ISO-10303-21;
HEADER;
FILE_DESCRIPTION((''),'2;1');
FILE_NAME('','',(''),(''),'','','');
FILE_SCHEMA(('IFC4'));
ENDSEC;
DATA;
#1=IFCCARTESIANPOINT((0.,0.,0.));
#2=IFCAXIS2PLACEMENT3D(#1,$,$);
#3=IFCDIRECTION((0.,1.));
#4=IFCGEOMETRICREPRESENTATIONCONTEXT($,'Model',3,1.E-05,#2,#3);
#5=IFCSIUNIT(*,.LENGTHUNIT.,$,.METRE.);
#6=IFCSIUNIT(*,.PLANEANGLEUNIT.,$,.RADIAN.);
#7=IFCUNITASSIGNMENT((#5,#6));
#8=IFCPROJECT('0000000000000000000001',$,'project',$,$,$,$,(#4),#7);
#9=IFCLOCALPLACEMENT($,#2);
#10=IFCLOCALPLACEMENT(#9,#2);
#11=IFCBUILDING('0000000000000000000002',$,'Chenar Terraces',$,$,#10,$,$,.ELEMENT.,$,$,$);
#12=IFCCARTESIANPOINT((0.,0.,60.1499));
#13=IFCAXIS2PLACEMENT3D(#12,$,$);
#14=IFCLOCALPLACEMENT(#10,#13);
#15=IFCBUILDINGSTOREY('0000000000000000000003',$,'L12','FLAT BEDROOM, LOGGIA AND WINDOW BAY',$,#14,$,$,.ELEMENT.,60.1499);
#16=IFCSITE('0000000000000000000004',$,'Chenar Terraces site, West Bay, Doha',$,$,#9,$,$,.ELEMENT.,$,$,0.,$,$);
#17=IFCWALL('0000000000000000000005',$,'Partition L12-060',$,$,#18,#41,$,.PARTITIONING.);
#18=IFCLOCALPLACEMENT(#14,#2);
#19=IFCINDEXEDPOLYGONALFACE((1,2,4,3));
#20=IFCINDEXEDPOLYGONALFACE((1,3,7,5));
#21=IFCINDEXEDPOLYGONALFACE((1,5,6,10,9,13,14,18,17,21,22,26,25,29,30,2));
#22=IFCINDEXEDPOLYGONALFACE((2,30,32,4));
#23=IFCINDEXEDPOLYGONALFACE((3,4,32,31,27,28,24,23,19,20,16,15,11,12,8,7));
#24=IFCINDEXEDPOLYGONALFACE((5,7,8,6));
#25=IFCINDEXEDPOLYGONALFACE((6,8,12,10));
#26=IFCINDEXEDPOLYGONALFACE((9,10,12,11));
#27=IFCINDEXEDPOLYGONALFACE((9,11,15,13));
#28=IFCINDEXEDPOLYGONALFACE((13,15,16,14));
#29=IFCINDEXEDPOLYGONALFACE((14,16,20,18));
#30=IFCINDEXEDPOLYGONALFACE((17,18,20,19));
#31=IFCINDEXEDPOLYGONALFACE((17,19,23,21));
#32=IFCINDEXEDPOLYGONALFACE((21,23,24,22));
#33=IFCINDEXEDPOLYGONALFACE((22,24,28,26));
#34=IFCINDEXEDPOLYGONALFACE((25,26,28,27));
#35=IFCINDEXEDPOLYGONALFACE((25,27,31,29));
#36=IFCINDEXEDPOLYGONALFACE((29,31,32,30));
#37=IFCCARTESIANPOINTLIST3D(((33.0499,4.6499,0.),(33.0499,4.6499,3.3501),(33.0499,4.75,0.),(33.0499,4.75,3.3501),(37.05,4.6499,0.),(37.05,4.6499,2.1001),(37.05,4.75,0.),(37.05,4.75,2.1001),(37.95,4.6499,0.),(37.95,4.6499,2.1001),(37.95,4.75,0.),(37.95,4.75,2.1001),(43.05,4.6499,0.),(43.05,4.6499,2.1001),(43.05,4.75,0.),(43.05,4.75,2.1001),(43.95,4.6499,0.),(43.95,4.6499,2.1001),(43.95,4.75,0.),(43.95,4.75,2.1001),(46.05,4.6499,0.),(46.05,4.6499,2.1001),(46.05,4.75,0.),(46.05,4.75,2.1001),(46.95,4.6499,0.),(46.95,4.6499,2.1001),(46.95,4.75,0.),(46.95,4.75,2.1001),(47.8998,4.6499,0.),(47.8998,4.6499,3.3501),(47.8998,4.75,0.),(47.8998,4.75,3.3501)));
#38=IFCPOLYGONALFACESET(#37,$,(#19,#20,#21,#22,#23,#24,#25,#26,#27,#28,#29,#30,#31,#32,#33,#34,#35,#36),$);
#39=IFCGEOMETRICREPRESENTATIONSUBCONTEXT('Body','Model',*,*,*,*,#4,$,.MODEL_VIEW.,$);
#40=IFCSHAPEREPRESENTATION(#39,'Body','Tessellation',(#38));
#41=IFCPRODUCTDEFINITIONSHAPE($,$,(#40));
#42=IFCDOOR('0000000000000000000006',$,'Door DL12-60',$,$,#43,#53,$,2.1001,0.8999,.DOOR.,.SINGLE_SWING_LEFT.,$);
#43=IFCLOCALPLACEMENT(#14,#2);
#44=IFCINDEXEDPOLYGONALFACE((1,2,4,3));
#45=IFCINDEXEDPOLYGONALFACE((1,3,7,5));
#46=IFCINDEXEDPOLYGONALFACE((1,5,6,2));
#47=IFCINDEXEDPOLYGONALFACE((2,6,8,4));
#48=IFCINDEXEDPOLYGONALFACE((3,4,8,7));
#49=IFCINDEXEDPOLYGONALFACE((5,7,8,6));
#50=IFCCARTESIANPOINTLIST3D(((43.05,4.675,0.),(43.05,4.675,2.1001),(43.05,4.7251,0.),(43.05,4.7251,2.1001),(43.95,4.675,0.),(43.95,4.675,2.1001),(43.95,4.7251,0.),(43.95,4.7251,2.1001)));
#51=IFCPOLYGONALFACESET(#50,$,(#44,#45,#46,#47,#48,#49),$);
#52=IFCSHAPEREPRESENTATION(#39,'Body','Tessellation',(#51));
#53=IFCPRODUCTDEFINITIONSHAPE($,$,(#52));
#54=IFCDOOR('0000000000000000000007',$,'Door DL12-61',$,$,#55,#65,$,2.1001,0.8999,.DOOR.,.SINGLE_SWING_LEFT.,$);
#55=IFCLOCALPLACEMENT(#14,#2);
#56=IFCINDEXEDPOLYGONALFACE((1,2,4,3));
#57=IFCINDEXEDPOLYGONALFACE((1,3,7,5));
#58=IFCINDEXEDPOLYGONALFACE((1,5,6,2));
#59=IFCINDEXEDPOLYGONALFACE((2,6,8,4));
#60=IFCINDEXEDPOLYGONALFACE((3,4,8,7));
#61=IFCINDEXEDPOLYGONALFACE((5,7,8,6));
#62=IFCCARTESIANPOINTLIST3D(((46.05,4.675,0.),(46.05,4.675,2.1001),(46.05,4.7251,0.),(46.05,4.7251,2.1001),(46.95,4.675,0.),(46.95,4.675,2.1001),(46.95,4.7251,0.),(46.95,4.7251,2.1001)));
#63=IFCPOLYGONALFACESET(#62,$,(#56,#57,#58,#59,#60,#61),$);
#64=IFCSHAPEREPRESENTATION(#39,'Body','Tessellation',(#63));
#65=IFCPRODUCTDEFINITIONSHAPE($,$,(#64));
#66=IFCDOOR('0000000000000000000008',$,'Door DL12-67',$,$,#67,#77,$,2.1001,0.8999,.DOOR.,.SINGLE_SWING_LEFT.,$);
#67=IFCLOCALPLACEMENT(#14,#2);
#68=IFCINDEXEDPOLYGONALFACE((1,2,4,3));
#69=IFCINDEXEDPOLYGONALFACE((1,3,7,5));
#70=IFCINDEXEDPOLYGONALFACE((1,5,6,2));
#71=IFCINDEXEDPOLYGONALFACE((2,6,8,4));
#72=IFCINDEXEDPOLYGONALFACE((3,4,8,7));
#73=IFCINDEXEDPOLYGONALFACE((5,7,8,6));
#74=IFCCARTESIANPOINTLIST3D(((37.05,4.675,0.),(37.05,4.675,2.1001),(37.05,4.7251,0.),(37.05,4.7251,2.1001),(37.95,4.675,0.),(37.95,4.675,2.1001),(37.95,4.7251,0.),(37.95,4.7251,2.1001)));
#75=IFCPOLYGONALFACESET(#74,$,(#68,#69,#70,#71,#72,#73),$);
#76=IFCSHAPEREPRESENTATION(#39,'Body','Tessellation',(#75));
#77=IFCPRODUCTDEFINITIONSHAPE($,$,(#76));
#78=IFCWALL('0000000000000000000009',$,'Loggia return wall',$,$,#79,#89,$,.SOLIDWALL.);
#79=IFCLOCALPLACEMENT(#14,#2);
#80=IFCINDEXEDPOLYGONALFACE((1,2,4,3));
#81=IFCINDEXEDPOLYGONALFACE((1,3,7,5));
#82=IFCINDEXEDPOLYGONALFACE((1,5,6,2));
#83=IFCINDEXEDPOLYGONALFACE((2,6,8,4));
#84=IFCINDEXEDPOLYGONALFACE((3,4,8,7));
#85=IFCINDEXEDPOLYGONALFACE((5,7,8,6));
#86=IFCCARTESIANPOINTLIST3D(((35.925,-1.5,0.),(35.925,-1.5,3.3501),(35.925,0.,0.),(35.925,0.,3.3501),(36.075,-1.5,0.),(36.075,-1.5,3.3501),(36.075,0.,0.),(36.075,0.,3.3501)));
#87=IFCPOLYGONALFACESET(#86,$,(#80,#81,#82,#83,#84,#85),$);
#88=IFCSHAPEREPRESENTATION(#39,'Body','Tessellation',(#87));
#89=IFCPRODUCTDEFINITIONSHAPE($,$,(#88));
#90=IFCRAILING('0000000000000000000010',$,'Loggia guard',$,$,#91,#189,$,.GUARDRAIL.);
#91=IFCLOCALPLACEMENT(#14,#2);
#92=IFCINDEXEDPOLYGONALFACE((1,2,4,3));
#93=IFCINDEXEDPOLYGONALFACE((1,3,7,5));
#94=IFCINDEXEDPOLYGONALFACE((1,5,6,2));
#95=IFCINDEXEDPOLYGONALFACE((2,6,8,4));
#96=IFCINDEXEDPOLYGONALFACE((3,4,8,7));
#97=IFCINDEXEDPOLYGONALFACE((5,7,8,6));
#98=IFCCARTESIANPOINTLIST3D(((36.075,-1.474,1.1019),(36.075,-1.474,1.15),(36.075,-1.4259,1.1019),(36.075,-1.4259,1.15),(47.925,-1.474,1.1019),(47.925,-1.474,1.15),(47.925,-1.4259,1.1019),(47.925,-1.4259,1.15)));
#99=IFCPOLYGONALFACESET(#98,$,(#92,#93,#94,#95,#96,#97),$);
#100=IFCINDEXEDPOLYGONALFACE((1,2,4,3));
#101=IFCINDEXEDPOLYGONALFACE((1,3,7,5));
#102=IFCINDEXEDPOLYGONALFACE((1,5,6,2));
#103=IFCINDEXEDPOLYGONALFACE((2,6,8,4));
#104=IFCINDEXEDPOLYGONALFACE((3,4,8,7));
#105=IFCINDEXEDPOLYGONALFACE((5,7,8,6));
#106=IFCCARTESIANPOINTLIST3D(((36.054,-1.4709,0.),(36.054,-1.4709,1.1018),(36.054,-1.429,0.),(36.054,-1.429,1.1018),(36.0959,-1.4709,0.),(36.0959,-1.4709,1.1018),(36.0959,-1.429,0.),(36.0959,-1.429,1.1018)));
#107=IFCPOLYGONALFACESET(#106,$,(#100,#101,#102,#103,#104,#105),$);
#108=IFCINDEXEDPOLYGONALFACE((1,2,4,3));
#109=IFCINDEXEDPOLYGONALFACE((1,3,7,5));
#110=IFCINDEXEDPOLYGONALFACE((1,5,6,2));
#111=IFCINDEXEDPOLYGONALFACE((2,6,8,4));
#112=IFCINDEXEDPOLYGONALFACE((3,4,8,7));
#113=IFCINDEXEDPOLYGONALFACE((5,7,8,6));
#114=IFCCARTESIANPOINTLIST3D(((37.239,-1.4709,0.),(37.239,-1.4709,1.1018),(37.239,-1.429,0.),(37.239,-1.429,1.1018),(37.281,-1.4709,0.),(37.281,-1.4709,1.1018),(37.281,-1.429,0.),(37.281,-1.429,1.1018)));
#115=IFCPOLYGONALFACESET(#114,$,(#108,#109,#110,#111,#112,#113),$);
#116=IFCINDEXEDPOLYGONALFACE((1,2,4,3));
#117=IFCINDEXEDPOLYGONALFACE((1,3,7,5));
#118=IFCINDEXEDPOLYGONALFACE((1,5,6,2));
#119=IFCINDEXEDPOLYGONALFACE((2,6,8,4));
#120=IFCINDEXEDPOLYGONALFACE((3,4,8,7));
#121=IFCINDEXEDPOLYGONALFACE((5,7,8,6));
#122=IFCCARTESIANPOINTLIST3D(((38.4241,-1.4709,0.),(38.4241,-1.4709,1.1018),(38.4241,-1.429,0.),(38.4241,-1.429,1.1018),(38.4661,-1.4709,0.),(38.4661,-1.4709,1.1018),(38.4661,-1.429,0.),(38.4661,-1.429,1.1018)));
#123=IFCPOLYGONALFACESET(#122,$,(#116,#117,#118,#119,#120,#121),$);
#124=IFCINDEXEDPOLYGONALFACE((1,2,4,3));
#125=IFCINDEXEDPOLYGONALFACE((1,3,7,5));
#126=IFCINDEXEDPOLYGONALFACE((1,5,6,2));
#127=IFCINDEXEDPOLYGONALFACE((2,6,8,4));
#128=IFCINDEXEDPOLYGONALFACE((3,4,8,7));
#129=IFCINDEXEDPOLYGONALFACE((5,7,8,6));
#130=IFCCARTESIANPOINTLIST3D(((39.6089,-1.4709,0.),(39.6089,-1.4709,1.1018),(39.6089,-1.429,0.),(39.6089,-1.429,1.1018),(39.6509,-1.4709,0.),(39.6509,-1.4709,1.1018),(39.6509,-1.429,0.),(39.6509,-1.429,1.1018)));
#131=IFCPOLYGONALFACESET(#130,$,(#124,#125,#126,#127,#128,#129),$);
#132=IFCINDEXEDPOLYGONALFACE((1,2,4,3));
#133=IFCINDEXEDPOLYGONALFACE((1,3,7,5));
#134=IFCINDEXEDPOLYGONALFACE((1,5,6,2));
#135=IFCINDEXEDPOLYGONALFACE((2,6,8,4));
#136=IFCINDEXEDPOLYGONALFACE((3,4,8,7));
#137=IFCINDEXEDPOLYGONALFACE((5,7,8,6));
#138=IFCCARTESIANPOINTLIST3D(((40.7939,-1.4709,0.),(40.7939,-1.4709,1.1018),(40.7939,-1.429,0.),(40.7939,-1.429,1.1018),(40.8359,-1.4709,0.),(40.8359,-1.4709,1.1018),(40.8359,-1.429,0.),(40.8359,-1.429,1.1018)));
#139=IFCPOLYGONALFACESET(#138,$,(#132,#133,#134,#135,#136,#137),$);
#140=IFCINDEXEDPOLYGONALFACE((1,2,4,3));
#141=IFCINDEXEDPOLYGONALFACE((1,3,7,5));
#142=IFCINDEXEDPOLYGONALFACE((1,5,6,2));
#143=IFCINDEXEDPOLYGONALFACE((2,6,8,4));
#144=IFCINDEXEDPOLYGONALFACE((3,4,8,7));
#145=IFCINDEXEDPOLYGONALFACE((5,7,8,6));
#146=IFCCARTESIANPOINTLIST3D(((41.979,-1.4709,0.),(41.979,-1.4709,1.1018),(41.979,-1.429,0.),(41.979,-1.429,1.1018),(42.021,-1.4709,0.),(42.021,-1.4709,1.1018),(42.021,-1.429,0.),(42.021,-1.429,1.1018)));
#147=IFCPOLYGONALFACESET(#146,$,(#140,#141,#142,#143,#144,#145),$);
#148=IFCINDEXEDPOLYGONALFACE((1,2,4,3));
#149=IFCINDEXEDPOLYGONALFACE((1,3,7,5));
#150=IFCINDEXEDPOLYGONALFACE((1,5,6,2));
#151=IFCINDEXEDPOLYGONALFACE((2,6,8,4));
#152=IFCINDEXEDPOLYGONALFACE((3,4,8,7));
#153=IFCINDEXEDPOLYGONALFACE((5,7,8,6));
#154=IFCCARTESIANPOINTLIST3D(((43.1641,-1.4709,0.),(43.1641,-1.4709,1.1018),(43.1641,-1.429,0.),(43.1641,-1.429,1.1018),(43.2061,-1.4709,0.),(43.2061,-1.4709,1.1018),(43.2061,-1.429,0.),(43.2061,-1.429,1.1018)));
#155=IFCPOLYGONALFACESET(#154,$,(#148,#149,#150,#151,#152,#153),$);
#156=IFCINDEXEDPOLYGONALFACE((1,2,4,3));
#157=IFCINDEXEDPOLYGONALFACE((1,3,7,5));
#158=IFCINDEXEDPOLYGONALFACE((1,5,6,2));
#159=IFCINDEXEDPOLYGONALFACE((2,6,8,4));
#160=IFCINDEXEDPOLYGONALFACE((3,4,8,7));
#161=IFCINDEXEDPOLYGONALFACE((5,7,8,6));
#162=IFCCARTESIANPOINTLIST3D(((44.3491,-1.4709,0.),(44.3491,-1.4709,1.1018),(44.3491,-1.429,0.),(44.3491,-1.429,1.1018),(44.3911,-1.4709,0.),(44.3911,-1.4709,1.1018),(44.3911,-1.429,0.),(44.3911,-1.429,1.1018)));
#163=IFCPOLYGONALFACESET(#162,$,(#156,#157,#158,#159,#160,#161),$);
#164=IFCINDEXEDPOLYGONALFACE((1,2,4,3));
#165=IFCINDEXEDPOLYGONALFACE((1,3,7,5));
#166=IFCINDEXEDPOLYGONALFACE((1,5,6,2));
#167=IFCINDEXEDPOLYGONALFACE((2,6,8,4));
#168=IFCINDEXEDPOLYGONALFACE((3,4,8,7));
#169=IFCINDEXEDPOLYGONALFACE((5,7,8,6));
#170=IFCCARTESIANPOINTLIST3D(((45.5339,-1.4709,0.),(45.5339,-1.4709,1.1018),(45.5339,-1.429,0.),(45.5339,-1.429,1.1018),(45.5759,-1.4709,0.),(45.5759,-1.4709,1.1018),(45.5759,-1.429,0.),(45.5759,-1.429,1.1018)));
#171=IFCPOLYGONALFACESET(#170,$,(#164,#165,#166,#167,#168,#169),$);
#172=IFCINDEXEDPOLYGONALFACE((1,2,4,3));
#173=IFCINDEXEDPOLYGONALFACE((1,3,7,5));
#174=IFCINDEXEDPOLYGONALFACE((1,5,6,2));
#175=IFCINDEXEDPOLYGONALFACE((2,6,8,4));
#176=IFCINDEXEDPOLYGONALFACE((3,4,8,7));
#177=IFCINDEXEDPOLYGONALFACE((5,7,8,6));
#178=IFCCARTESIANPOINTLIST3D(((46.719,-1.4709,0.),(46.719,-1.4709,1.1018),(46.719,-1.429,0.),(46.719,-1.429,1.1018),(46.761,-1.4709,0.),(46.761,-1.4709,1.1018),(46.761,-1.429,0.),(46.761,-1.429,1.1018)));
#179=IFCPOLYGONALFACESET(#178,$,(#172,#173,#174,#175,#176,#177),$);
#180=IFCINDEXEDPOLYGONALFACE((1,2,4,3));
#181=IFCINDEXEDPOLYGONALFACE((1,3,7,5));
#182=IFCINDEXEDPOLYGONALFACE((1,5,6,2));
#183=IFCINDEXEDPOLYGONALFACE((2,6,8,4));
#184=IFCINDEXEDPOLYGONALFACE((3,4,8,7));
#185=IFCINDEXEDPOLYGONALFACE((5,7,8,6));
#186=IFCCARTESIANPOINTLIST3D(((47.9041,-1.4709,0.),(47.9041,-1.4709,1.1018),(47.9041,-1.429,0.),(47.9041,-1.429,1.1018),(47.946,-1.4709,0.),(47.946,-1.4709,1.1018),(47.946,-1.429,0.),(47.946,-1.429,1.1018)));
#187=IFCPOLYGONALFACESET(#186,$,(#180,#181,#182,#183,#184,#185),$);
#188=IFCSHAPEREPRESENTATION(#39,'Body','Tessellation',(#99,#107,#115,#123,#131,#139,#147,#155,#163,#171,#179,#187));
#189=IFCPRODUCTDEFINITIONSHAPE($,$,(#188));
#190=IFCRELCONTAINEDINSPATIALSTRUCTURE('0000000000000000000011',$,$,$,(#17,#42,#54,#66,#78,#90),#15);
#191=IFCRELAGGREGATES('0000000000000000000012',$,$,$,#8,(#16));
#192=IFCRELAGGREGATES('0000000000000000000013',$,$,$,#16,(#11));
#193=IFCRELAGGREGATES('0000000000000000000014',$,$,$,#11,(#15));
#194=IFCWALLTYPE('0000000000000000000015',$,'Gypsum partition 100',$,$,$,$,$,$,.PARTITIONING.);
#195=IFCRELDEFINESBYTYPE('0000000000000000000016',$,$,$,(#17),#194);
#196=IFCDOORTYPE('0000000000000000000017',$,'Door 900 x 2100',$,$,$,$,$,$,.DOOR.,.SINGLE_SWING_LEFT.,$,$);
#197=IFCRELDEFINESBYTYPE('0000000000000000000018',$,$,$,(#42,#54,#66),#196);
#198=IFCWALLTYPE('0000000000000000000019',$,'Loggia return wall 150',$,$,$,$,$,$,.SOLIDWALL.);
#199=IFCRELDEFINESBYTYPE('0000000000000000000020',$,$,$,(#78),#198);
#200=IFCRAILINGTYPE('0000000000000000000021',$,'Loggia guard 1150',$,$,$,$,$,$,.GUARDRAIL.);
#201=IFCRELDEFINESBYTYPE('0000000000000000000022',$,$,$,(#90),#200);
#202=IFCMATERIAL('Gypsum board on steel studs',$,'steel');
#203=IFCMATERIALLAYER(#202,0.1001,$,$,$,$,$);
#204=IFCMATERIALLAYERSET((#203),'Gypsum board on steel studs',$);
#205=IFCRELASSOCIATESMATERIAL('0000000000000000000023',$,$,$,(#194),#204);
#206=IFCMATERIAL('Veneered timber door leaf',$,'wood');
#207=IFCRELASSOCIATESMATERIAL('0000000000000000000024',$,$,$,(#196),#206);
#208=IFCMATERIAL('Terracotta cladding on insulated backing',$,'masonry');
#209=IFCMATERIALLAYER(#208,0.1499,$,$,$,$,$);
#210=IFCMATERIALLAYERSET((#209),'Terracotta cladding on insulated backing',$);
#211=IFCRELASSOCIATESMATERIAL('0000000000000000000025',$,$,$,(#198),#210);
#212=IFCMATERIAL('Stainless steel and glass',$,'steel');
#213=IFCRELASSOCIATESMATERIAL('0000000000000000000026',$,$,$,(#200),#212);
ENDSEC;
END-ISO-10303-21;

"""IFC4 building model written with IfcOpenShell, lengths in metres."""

from ifc_helpers import new_model, si_unit, direction, frame, frame_2d, origin, origin_2d, place, context, subcontext, project, spatial, rectangle, extrude, material, layer, layer_set, type_object, element, fill, save


model = new_model("IFC4")

# Units and contexts
model_context = context("Model", 3, precision=1e-05, world=origin(), true_north=direction((0.0, 1.0)))
body_context = subcontext(model_context, "Body", "Model", "MODEL_VIEW")
ifc_project = project(units=[si_unit("LENGTHUNIT", "METRE"), si_unit("PLANEANGLEUNIT", "RADIAN")], contexts=[model_context])

# Site, building, storey
site_placement = place(None, origin())
site = spatial("IfcSite", under=ifc_project, at=site_placement, Name="Chenar Terraces site, West Bay, Doha", CompositionType="ELEMENT", RefElevation=0.0)
building_placement = place(site_placement, origin())
building = spatial("IfcBuilding", under=site, at=building_placement, Name="Chenar Terraces", CompositionType="ELEMENT")
storey_placement = place(building_placement, frame((0.0, 0.0, 60.1499)))
storey = spatial("IfcBuildingStorey", under=building, at=storey_placement, Name="L12", Description="FLAT BEDROOM, LOGGIA AND WINDOW BAY", CompositionType="ELEMENT", Elevation=60.1499)

# Shared definitions
ifc_material_1 = material(Name="Gypsum board on steel studs", Category="steel")
ifc_layer_1 = layer(ifc_material_1, 0.1001)
ifc_layer_set_1 = layer_set([ifc_layer_1], Name="Gypsum board on steel studs")
wall_type_1 = type_object("IfcWallType", Name="Gypsum partition 100", PredefinedType="PARTITIONING", material=ifc_layer_set_1)

# Wall, openings, doors
wall_1_placement = place(storey_placement, frame((33.05, 4.7, 0.0), z_axis=(0.0, 0.0, 1.0), x_axis=(1.0, 0.0, 0.0)))
wall_1 = element("IfcWall", 1, at=wall_1_placement, inside=storey, type_object=wall_type_1, Name="Partition L12-060", PredefinedType="PARTITIONING", context=body_context, shape_type="SweptSolid", body=[
    extrude(rectangle(XDim=14.8499, YDim=0.1001, at=frame_2d((7.4248, 0.0))), origin(), (0.0, 0.0, 1.0), 3.3501),
])
opening_1_placement = place(wall_1_placement, frame((10.0, 0.0, 0.0)))
opening_1 = element("IfcOpeningElement", 2, at=opening_1_placement, cuts=wall_1, PredefinedType="OPENING", context=body_context, shape_type="SweptSolid", body=[
    extrude(rectangle(XDim=0.8999, YDim=2.1001, at=frame_2d((0.45, 1.05))), frame((0.0, 0.0601, 0.0), z_axis=(0.0, -1.0, 0.0), x_axis=(1.0, 0.0, 0.0)), (0.0, 0.0, 1.0), 0.1201),
])
opening_2_placement = place(wall_1_placement, frame((13.0, 0.0, 0.0)))
opening_2 = element("IfcOpeningElement", 3, at=opening_2_placement, cuts=wall_1, PredefinedType="OPENING", context=body_context, shape_type="SweptSolid", body=[
    extrude(rectangle(XDim=0.8999, YDim=2.1001, at=frame_2d((0.45, 1.05))), frame((0.0, 0.0601, 0.0), z_axis=(0.0, -1.0, 0.0), x_axis=(1.0, 0.0, 0.0)), (0.0, 0.0, 1.0), 0.1201),
])
opening_3_placement = place(wall_1_placement, frame((4.0, 0.0, 0.0)))
opening_3 = element("IfcOpeningElement", 4, at=opening_3_placement, cuts=wall_1, PredefinedType="OPENING", context=body_context, shape_type="SweptSolid", body=[
    extrude(rectangle(XDim=0.8999, YDim=2.1001, at=frame_2d((0.45, 1.05))), frame((0.0, 0.0601, 0.0), z_axis=(0.0, -1.0, 0.0), x_axis=(1.0, 0.0, 0.0)), (0.0, 0.0, 1.0), 0.1201),
])
ifc_material_2 = material(Name="Veneered timber door leaf", Category="wood")
door_type_1 = type_object("IfcDoorType", Name="Door 900 x 2100", OperationType="SINGLE_SWING_LEFT", PredefinedType="DOOR", material=ifc_material_2)
door_1_placement = place(opening_1_placement, frame((0.8999, 0.0, 0.0), z_axis=(0.0, 0.0, 1.0), x_axis=(-1.0, 0.0, 0.0)))
door_1 = element("IfcDoor", 5, at=door_1_placement, inside=storey, type_object=door_type_1, Name="Door DL12-60", OperationType="SINGLE_SWING_LEFT", OverallHeight=2.1001, OverallWidth=0.8999, PredefinedType="DOOR", context=body_context, shape_type="SweptSolid", body=[
    extrude(rectangle(XDim=0.8999, YDim=2.1001, at=frame_2d((0.45, 1.05))), frame((0.0, 0.0249, 0.0), z_axis=(0.0, -1.0, 0.0), x_axis=(1.0, 0.0, 0.0)), (0.0, 0.0, 1.0), 0.05),
])
fill(opening_1, door_1)
door_2_placement = place(opening_2_placement, frame((0.8999, 0.0, 0.0), z_axis=(0.0, 0.0, 1.0), x_axis=(-1.0, 0.0, 0.0)))
door_2 = element("IfcDoor", 6, at=door_2_placement, inside=storey, type_object=door_type_1, Name="Door DL12-61", OperationType="SINGLE_SWING_LEFT", OverallHeight=2.1001, OverallWidth=0.8999, PredefinedType="DOOR", context=body_context, shape_type="SweptSolid", body=[
    extrude(rectangle(XDim=0.8999, YDim=2.1001, at=frame_2d((0.45, 1.05))), frame((0.0, 0.0249, 0.0), z_axis=(0.0, -1.0, 0.0), x_axis=(1.0, 0.0, 0.0)), (0.0, 0.0, 1.0), 0.05),
])
fill(opening_2, door_2)
door_3_placement = place(opening_3_placement, frame((0.8999, 0.0, 0.0), z_axis=(0.0, 0.0, 1.0), x_axis=(-1.0, 0.0, 0.0)))
door_3 = element("IfcDoor", 7, at=door_3_placement, inside=storey, type_object=door_type_1, Name="Door DL12-67", OperationType="SINGLE_SWING_LEFT", OverallHeight=2.1001, OverallWidth=0.8999, PredefinedType="DOOR", context=body_context, shape_type="SweptSolid", body=[
    extrude(rectangle(XDim=0.8999, YDim=2.1001, at=frame_2d((0.45, 1.05))), frame((0.0, 0.0249, 0.0), z_axis=(0.0, -1.0, 0.0), x_axis=(1.0, 0.0, 0.0)), (0.0, 0.0, 1.0), 0.05),
])
fill(opening_3, door_3)

# Wall
ifc_material_3 = material(Name="Terracotta cladding on insulated backing", Category="masonry")
ifc_layer_2 = layer(ifc_material_3, 0.1499)
ifc_layer_set_2 = layer_set([ifc_layer_2], Name="Terracotta cladding on insulated backing")
wall_type_2 = type_object("IfcWallType", Name="Loggia return wall 150", PredefinedType="SOLIDWALL", material=ifc_layer_set_2)
wall_2_placement = place(storey_placement, frame((36.0, -1.5, 0.0), z_axis=(0.0, 0.0, 1.0), x_axis=(0.0, 1.0, 0.0)))
element("IfcWall", 8, at=wall_2_placement, inside=storey, type_object=wall_type_2, Name="Loggia return wall", PredefinedType="SOLIDWALL", context=body_context, shape_type="SweptSolid", body=[
    extrude(rectangle(XDim=1.5, YDim=0.1499, at=frame_2d((0.75, 0.0))), origin(), (0.0, 0.0, 1.0), 3.3501),
])

# Railing
ifc_material_4 = material(Name="Stainless steel and glass", Category="steel")
railing_type = type_object("IfcRailingType", Name="Loggia guard 1150", PredefinedType="GUARDRAIL", material=ifc_material_4)
railing_placement = place(storey_placement, frame((36.075, -1.45, 0.0)))
element("IfcRailing", 9, at=railing_placement, inside=storey, type_object=railing_type, Name="Loggia guard", PredefinedType="GUARDRAIL", context=body_context, shape_type="SweptSolid", body=[
    extrude(rectangle(XDim=0.0481, YDim=0.0481, at=origin_2d()), frame((0.0, 0.0, 1.126), z_axis=(1.0, 0.0, 0.0), x_axis=(0.0, 1.0, 0.0)), (0.0, 0.0, 1.0), 11.8501),
    extrude(rectangle(XDim=0.042, YDim=0.042, at=origin_2d()), origin(), (0.0, 0.0, 1.0), 1.1018),
    extrude(rectangle(XDim=0.042, YDim=0.042, at=origin_2d()), frame((1.1851, 0.0, 0.0)), (0.0, 0.0, 1.0), 1.1018),
    extrude(rectangle(XDim=0.042, YDim=0.042, at=origin_2d()), frame((2.3701, 0.0, 0.0)), (0.0, 0.0, 1.0), 1.1018),
    extrude(rectangle(XDim=0.042, YDim=0.042, at=origin_2d()), frame((3.5549, 0.0, 0.0)), (0.0, 0.0, 1.0), 1.1018),
    extrude(rectangle(XDim=0.042, YDim=0.042, at=origin_2d()), frame((4.74, 0.0, 0.0)), (0.0, 0.0, 1.0), 1.1018),
    extrude(rectangle(XDim=0.042, YDim=0.042, at=origin_2d()), frame((5.925, 0.0, 0.0)), (0.0, 0.0, 1.0), 1.1018),
    extrude(rectangle(XDim=0.042, YDim=0.042, at=origin_2d()), frame((7.1101, 0.0, 0.0)), (0.0, 0.0, 1.0), 1.1018),
    extrude(rectangle(XDim=0.042, YDim=0.042, at=origin_2d()), frame((8.2952, 0.0, 0.0)), (0.0, 0.0, 1.0), 1.1018),
    extrude(rectangle(XDim=0.042, YDim=0.042, at=origin_2d()), frame((9.48, 0.0, 0.0)), (0.0, 0.0, 1.0), 1.1018),
    extrude(rectangle(XDim=0.042, YDim=0.042, at=origin_2d()), frame((10.665, 0.0, 0.0)), (0.0, 0.0, 1.0), 1.1018),
    extrude(rectangle(XDim=0.042, YDim=0.042, at=origin_2d()), frame((11.8501, 0.0, 0.0)), (0.0, 0.0, 1.0), 1.1018),
])

save(model, "model.ifc")
